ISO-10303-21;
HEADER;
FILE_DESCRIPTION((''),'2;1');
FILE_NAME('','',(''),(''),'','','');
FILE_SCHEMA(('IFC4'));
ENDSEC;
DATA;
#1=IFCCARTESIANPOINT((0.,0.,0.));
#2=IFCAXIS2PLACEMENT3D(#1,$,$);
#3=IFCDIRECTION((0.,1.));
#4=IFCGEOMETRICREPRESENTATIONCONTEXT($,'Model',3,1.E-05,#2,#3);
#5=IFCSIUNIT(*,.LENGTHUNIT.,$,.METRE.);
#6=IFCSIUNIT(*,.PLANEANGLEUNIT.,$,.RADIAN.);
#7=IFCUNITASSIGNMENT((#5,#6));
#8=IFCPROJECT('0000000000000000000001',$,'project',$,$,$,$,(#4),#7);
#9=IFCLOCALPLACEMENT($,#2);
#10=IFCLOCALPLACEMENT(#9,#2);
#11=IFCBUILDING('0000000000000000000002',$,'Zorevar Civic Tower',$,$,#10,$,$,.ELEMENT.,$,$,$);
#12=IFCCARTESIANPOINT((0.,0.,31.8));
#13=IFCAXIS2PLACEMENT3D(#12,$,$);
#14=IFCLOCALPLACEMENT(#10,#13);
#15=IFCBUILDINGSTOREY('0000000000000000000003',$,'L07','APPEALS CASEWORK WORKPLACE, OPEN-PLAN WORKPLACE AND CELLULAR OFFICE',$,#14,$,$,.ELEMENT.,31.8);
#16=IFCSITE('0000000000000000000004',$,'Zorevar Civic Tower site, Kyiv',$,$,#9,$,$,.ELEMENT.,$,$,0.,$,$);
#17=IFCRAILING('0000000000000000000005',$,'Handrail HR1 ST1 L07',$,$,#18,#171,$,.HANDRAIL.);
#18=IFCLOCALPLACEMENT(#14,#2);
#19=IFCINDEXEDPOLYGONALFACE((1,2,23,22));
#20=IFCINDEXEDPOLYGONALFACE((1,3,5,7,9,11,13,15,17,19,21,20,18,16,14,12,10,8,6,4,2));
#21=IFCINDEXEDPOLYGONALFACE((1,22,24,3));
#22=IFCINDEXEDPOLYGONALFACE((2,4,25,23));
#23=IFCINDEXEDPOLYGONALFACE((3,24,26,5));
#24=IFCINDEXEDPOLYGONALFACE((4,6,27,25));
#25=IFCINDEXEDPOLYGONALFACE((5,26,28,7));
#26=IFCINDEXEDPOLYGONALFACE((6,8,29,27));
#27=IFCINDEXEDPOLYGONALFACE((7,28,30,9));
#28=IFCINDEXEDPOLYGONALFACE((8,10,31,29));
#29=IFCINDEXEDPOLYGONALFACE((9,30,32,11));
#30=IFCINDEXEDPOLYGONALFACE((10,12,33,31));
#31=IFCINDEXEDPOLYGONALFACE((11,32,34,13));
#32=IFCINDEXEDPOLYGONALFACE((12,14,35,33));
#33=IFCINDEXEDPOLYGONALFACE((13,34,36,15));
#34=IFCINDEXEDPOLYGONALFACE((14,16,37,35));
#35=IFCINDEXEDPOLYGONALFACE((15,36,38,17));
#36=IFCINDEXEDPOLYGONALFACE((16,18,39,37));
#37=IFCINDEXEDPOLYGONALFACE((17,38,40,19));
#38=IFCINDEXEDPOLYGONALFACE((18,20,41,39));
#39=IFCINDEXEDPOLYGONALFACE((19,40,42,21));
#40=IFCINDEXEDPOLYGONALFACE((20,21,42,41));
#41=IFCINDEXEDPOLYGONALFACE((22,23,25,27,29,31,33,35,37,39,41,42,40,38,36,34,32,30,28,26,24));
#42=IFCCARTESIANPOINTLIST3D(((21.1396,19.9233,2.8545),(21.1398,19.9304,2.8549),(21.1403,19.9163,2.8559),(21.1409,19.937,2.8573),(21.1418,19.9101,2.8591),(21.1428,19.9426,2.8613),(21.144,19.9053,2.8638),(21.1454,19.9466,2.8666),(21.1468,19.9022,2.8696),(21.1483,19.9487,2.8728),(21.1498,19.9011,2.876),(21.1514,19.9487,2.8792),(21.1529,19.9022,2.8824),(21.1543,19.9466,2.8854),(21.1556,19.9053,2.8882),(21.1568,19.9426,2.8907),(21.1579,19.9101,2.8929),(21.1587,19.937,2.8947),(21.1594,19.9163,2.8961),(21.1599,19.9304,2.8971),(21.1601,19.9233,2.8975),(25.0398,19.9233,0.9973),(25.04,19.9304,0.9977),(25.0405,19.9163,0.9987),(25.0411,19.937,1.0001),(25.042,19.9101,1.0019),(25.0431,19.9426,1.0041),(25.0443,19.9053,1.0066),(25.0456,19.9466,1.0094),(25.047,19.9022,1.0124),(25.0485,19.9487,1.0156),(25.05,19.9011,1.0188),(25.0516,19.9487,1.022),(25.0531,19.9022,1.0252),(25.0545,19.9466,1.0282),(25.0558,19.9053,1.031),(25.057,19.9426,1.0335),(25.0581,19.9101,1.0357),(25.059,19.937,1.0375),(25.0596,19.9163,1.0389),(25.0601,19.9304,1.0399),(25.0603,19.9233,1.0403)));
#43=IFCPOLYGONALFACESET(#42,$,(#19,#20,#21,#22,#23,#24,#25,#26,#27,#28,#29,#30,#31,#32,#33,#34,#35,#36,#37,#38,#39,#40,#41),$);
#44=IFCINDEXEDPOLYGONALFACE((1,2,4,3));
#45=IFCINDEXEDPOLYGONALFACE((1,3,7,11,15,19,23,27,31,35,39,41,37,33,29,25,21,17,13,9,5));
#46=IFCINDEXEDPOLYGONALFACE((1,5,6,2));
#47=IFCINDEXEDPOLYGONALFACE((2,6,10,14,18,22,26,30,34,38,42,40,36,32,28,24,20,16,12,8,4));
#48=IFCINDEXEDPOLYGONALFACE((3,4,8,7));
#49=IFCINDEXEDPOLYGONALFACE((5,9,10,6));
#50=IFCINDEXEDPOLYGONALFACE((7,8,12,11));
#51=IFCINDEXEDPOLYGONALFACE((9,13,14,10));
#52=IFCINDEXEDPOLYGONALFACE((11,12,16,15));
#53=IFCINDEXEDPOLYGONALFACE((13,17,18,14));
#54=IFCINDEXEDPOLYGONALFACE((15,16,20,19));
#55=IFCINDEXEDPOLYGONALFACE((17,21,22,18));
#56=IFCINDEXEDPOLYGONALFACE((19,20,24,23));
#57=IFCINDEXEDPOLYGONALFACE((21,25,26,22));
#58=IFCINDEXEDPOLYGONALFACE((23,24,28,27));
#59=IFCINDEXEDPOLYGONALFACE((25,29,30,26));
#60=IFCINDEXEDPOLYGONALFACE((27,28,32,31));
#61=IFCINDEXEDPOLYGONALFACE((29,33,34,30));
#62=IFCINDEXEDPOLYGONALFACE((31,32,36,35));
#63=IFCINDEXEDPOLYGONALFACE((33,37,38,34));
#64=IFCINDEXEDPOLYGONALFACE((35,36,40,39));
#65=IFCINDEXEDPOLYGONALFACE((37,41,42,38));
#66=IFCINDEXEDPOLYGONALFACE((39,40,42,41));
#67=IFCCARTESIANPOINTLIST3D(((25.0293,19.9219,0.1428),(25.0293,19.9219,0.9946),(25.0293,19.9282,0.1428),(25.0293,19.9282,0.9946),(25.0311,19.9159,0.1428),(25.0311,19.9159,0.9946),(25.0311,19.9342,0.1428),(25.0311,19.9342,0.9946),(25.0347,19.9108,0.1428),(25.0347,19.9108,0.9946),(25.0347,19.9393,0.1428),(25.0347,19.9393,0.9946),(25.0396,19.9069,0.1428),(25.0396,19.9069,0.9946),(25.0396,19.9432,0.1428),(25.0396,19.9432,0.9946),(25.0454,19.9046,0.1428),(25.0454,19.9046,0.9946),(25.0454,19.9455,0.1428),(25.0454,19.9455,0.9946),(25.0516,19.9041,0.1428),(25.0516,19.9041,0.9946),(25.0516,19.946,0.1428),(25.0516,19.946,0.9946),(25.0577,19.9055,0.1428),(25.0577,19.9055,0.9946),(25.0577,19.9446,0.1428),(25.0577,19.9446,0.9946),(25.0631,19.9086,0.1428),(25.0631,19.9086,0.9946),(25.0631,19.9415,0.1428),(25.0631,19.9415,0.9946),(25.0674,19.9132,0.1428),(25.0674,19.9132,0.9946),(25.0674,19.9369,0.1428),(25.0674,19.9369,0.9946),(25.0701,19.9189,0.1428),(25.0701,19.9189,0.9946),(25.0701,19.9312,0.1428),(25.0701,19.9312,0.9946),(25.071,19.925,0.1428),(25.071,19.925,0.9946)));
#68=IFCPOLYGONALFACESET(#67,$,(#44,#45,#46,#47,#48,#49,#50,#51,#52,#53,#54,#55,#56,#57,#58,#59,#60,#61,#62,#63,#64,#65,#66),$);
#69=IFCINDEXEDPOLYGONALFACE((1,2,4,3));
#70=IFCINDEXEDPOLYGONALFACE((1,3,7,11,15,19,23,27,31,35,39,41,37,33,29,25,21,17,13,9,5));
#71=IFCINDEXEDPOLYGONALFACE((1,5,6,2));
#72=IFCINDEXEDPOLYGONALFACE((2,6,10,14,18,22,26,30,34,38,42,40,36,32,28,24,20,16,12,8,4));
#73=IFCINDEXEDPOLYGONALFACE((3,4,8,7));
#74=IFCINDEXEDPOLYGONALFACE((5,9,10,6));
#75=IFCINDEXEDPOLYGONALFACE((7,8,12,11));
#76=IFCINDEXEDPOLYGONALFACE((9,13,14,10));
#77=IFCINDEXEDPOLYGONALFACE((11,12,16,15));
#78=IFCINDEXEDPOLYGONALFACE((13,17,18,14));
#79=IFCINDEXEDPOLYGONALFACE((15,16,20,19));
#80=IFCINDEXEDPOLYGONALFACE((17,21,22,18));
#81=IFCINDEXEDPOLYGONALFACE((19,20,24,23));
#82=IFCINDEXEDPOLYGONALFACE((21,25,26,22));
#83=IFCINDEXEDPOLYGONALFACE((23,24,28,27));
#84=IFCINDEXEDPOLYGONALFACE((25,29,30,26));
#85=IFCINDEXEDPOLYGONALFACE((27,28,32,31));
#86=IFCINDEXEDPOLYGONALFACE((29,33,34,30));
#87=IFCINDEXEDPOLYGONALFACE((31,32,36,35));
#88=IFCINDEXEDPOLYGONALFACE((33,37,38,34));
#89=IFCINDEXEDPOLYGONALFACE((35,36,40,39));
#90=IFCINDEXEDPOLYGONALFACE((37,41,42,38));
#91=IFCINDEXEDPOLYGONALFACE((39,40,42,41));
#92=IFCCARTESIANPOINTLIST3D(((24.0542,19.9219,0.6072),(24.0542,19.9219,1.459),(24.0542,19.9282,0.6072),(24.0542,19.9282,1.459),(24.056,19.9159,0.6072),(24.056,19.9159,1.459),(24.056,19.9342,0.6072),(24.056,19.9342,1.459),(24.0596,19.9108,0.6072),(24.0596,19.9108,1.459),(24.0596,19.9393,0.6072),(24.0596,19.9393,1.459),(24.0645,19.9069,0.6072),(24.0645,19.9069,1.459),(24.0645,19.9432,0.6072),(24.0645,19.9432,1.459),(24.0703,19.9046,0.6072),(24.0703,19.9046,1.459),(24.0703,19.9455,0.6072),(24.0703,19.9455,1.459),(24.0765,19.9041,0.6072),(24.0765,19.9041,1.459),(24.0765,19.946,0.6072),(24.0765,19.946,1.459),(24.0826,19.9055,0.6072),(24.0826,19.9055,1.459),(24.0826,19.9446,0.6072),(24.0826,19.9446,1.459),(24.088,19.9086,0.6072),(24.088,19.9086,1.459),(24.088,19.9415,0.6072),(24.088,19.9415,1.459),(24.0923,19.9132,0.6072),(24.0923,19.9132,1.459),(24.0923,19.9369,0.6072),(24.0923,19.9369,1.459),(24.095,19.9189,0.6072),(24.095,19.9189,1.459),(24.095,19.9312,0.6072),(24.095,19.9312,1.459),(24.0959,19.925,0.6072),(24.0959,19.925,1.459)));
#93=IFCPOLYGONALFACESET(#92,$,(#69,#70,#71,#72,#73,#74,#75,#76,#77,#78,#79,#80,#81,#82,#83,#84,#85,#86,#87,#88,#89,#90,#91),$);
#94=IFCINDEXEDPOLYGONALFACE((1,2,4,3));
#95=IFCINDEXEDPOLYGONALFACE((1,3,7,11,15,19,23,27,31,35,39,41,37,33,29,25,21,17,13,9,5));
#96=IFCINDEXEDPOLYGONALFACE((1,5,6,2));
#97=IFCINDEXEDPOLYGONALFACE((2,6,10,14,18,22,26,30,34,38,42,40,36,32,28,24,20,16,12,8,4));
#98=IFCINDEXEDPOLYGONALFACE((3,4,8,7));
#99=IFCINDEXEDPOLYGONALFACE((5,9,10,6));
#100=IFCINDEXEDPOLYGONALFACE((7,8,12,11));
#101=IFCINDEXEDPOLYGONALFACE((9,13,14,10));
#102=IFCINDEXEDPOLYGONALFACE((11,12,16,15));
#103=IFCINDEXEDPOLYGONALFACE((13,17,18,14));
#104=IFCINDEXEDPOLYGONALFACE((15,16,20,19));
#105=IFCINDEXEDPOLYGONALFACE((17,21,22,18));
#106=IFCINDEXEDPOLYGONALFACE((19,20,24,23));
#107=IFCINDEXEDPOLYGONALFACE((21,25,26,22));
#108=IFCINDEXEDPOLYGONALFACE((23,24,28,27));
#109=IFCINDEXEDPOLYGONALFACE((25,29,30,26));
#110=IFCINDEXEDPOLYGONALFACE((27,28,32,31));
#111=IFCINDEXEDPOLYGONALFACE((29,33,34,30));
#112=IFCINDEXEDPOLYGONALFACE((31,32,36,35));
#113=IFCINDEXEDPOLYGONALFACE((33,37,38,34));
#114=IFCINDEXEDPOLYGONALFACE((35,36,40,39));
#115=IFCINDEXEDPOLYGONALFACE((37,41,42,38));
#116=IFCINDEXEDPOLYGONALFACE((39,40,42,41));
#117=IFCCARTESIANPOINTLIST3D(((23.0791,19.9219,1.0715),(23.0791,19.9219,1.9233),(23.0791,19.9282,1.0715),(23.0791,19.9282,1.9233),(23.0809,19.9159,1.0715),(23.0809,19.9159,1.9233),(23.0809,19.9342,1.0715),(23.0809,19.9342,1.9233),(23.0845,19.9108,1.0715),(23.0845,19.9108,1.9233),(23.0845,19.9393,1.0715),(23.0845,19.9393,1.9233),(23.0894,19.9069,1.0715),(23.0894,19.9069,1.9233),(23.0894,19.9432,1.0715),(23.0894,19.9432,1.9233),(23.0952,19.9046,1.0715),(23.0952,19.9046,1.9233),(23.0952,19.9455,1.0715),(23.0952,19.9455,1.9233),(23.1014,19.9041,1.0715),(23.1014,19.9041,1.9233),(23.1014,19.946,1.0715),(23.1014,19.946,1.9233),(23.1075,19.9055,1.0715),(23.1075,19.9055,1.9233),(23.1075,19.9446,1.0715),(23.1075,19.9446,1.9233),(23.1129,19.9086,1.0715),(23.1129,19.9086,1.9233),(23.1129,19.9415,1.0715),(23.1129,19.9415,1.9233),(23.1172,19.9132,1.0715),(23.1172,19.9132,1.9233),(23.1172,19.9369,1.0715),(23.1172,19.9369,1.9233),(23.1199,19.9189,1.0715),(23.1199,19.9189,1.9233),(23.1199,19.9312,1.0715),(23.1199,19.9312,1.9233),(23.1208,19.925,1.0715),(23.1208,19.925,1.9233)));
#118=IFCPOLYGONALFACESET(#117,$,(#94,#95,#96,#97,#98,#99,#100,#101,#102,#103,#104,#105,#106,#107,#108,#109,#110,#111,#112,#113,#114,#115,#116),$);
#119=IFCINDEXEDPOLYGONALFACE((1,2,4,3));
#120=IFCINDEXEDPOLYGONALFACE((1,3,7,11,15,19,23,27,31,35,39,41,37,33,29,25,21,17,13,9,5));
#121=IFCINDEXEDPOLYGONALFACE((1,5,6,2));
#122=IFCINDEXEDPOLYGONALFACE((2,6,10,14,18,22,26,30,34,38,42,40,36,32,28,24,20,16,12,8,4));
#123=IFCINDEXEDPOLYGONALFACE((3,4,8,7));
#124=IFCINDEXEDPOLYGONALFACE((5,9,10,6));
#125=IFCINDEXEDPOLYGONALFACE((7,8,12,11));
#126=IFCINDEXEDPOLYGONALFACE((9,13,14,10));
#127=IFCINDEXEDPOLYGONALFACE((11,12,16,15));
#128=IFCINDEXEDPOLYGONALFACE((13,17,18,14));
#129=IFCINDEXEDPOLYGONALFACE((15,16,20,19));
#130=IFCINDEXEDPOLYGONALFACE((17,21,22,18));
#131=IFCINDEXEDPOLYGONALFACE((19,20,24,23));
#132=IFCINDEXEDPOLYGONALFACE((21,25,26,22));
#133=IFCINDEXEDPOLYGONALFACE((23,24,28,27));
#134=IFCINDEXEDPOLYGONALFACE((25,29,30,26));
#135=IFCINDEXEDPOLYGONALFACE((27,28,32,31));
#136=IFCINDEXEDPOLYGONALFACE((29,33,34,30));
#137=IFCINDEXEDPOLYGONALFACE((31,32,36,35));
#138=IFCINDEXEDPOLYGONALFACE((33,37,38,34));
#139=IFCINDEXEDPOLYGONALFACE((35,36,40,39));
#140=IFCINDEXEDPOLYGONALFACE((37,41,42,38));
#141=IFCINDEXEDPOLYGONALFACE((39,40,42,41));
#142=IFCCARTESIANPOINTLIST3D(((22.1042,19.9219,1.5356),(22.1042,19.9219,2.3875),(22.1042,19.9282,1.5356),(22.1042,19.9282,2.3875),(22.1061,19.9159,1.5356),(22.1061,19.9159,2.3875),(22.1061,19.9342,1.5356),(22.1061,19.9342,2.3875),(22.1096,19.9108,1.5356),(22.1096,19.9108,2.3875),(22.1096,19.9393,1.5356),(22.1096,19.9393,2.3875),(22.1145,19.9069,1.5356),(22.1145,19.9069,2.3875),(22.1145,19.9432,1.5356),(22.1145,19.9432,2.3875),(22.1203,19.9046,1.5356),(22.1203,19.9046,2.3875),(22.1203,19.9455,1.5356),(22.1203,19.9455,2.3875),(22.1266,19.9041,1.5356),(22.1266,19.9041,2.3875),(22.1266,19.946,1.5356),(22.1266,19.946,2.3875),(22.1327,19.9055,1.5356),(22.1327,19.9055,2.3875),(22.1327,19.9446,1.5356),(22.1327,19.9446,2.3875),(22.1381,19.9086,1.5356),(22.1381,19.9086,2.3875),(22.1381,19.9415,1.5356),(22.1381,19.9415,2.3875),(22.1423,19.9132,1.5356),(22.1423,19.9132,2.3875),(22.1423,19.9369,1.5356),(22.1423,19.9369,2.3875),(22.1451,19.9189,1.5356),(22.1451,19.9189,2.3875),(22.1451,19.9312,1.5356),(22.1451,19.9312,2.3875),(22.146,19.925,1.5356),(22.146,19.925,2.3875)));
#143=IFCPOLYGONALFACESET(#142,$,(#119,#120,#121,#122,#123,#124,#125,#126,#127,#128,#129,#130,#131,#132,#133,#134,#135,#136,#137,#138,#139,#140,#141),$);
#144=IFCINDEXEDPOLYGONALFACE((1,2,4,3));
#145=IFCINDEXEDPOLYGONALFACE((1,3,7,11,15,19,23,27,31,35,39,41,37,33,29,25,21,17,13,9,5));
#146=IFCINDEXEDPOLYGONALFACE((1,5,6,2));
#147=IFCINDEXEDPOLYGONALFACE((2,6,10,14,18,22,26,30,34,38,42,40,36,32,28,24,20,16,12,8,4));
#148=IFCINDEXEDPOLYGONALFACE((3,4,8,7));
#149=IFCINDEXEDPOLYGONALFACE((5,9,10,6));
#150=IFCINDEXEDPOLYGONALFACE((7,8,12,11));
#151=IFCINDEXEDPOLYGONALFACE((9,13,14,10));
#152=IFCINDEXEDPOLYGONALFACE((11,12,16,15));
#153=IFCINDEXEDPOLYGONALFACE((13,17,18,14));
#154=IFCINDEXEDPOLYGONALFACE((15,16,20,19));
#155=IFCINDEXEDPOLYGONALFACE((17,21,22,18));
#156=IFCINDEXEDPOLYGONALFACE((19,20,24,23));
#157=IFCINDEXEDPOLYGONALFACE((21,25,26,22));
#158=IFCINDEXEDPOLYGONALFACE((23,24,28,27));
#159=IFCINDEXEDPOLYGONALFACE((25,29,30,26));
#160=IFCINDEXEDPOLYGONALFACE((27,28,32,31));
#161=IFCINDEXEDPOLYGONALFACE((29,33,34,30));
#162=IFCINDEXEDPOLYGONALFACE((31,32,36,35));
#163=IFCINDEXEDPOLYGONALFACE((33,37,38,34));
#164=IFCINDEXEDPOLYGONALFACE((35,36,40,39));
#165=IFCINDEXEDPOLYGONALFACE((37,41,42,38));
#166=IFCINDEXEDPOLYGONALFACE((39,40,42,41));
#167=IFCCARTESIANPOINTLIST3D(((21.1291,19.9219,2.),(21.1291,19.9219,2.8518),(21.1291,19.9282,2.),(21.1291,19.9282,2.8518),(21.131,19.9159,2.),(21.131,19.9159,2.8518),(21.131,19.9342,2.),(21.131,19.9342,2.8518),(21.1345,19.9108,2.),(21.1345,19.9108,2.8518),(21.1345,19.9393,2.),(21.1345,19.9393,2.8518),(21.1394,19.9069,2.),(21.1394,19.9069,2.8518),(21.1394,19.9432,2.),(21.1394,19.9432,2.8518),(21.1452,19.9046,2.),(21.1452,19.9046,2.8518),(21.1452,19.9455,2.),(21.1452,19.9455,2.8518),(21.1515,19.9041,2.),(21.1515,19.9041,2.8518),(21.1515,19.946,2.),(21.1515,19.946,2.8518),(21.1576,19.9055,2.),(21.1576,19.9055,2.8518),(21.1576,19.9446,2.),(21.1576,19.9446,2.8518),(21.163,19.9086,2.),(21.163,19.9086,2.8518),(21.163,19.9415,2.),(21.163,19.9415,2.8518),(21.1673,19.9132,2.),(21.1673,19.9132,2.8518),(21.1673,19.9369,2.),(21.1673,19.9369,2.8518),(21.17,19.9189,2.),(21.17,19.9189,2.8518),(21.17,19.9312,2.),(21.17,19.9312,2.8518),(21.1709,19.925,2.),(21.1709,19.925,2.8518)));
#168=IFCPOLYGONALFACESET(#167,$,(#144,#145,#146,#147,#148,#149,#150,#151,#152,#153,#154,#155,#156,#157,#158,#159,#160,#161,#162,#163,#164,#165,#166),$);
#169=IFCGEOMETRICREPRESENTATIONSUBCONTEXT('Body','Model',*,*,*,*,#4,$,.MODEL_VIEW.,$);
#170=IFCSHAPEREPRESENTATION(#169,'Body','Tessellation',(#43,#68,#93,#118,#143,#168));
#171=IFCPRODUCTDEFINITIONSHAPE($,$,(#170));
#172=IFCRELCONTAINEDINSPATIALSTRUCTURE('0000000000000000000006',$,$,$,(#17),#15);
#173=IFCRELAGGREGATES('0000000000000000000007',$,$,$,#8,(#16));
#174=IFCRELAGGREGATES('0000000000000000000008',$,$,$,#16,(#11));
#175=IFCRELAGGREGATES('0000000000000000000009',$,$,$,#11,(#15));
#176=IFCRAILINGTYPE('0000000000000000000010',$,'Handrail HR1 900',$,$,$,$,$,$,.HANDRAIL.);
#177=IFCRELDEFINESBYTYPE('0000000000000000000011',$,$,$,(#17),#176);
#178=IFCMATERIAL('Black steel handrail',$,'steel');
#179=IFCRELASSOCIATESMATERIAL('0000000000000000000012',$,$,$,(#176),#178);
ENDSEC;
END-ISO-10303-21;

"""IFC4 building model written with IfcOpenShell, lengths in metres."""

from ifc_helpers import new_model, si_unit, direction, frame, origin, origin_2d, place, context, subcontext, project, spatial, circle, extrude, material, type_object, element, save


model = new_model("IFC4")

# Units and contexts
model_context = context("Model", 3, precision=1e-05, world=origin(), true_north=direction((0.0, 1.0)))
body_context = subcontext(model_context, "Body", "Model", "MODEL_VIEW")
ifc_project = project(units=[si_unit("LENGTHUNIT", "METRE"), si_unit("PLANEANGLEUNIT", "RADIAN")], contexts=[model_context])

# Site, building, storey
site_placement = place(None, origin())
site = spatial("IfcSite", under=ifc_project, at=site_placement, Name="Zorevar Civic Tower site, Kyiv", CompositionType="ELEMENT", RefElevation=0.0)
building_placement = place(site_placement, origin())
building = spatial("IfcBuilding", under=site, at=building_placement, Name="Zorevar Civic Tower", CompositionType="ELEMENT")
storey_placement = place(building_placement, frame((0.0, 0.0, 31.8)))
storey = spatial("IfcBuildingStorey", under=building, at=storey_placement, Name="L07", Description="APPEALS CASEWORK WORKPLACE, OPEN-PLAN WORKPLACE AND CELLULAR OFFICE", CompositionType="ELEMENT", Elevation=31.8)

# Railing
ifc_material_1 = material(Name="Black steel handrail", Category="steel")
railing_type = type_object("IfcRailingType", Name="Handrail HR1 900", PredefinedType="HANDRAIL", material=ifc_material_1)
railing_1_placement = place(storey_placement, frame((25.05, 19.925, 0.1428)))
element("IfcRailing", 1, at=railing_1_placement, inside=storey, type_object=railing_type, Name="Handrail HR1 ST1 L07", PredefinedType="HANDRAIL", context=body_context, shape_type="SweptSolid", body=[
    extrude(circle(Radius=0.0239, at=origin_2d()), frame((0.0, 0.0, 0.876), z_axis=(-0.902864, 0.0, 0.429927), x_axis=(0.0, -1.0, 0.0)), (0.0, 0.0, 1.0), 4.3198),
    extrude(circle(Radius=0.021, at=origin_2d()), origin(), (0.0, 0.0, 1.0), 0.8518),
    extrude(circle(Radius=0.021, at=origin_2d()), frame((-0.9751, 0.0, 0.4644)), (0.0, 0.0, 1.0), 0.8518),
    extrude(circle(Radius=0.021, at=origin_2d()), frame((-1.9502, 0.0, 0.9287)), (0.0, 0.0, 1.0), 0.8518),
    extrude(circle(Radius=0.021, at=origin_2d()), frame((-2.925, 0.0, 1.3928)), (0.0, 0.0, 1.0), 0.8518),
    extrude(circle(Radius=0.021, at=origin_2d()), frame((-3.9001, 0.0, 1.8572)), (0.0, 0.0, 1.0), 0.8518),
])

save(model, "model.ifc")
